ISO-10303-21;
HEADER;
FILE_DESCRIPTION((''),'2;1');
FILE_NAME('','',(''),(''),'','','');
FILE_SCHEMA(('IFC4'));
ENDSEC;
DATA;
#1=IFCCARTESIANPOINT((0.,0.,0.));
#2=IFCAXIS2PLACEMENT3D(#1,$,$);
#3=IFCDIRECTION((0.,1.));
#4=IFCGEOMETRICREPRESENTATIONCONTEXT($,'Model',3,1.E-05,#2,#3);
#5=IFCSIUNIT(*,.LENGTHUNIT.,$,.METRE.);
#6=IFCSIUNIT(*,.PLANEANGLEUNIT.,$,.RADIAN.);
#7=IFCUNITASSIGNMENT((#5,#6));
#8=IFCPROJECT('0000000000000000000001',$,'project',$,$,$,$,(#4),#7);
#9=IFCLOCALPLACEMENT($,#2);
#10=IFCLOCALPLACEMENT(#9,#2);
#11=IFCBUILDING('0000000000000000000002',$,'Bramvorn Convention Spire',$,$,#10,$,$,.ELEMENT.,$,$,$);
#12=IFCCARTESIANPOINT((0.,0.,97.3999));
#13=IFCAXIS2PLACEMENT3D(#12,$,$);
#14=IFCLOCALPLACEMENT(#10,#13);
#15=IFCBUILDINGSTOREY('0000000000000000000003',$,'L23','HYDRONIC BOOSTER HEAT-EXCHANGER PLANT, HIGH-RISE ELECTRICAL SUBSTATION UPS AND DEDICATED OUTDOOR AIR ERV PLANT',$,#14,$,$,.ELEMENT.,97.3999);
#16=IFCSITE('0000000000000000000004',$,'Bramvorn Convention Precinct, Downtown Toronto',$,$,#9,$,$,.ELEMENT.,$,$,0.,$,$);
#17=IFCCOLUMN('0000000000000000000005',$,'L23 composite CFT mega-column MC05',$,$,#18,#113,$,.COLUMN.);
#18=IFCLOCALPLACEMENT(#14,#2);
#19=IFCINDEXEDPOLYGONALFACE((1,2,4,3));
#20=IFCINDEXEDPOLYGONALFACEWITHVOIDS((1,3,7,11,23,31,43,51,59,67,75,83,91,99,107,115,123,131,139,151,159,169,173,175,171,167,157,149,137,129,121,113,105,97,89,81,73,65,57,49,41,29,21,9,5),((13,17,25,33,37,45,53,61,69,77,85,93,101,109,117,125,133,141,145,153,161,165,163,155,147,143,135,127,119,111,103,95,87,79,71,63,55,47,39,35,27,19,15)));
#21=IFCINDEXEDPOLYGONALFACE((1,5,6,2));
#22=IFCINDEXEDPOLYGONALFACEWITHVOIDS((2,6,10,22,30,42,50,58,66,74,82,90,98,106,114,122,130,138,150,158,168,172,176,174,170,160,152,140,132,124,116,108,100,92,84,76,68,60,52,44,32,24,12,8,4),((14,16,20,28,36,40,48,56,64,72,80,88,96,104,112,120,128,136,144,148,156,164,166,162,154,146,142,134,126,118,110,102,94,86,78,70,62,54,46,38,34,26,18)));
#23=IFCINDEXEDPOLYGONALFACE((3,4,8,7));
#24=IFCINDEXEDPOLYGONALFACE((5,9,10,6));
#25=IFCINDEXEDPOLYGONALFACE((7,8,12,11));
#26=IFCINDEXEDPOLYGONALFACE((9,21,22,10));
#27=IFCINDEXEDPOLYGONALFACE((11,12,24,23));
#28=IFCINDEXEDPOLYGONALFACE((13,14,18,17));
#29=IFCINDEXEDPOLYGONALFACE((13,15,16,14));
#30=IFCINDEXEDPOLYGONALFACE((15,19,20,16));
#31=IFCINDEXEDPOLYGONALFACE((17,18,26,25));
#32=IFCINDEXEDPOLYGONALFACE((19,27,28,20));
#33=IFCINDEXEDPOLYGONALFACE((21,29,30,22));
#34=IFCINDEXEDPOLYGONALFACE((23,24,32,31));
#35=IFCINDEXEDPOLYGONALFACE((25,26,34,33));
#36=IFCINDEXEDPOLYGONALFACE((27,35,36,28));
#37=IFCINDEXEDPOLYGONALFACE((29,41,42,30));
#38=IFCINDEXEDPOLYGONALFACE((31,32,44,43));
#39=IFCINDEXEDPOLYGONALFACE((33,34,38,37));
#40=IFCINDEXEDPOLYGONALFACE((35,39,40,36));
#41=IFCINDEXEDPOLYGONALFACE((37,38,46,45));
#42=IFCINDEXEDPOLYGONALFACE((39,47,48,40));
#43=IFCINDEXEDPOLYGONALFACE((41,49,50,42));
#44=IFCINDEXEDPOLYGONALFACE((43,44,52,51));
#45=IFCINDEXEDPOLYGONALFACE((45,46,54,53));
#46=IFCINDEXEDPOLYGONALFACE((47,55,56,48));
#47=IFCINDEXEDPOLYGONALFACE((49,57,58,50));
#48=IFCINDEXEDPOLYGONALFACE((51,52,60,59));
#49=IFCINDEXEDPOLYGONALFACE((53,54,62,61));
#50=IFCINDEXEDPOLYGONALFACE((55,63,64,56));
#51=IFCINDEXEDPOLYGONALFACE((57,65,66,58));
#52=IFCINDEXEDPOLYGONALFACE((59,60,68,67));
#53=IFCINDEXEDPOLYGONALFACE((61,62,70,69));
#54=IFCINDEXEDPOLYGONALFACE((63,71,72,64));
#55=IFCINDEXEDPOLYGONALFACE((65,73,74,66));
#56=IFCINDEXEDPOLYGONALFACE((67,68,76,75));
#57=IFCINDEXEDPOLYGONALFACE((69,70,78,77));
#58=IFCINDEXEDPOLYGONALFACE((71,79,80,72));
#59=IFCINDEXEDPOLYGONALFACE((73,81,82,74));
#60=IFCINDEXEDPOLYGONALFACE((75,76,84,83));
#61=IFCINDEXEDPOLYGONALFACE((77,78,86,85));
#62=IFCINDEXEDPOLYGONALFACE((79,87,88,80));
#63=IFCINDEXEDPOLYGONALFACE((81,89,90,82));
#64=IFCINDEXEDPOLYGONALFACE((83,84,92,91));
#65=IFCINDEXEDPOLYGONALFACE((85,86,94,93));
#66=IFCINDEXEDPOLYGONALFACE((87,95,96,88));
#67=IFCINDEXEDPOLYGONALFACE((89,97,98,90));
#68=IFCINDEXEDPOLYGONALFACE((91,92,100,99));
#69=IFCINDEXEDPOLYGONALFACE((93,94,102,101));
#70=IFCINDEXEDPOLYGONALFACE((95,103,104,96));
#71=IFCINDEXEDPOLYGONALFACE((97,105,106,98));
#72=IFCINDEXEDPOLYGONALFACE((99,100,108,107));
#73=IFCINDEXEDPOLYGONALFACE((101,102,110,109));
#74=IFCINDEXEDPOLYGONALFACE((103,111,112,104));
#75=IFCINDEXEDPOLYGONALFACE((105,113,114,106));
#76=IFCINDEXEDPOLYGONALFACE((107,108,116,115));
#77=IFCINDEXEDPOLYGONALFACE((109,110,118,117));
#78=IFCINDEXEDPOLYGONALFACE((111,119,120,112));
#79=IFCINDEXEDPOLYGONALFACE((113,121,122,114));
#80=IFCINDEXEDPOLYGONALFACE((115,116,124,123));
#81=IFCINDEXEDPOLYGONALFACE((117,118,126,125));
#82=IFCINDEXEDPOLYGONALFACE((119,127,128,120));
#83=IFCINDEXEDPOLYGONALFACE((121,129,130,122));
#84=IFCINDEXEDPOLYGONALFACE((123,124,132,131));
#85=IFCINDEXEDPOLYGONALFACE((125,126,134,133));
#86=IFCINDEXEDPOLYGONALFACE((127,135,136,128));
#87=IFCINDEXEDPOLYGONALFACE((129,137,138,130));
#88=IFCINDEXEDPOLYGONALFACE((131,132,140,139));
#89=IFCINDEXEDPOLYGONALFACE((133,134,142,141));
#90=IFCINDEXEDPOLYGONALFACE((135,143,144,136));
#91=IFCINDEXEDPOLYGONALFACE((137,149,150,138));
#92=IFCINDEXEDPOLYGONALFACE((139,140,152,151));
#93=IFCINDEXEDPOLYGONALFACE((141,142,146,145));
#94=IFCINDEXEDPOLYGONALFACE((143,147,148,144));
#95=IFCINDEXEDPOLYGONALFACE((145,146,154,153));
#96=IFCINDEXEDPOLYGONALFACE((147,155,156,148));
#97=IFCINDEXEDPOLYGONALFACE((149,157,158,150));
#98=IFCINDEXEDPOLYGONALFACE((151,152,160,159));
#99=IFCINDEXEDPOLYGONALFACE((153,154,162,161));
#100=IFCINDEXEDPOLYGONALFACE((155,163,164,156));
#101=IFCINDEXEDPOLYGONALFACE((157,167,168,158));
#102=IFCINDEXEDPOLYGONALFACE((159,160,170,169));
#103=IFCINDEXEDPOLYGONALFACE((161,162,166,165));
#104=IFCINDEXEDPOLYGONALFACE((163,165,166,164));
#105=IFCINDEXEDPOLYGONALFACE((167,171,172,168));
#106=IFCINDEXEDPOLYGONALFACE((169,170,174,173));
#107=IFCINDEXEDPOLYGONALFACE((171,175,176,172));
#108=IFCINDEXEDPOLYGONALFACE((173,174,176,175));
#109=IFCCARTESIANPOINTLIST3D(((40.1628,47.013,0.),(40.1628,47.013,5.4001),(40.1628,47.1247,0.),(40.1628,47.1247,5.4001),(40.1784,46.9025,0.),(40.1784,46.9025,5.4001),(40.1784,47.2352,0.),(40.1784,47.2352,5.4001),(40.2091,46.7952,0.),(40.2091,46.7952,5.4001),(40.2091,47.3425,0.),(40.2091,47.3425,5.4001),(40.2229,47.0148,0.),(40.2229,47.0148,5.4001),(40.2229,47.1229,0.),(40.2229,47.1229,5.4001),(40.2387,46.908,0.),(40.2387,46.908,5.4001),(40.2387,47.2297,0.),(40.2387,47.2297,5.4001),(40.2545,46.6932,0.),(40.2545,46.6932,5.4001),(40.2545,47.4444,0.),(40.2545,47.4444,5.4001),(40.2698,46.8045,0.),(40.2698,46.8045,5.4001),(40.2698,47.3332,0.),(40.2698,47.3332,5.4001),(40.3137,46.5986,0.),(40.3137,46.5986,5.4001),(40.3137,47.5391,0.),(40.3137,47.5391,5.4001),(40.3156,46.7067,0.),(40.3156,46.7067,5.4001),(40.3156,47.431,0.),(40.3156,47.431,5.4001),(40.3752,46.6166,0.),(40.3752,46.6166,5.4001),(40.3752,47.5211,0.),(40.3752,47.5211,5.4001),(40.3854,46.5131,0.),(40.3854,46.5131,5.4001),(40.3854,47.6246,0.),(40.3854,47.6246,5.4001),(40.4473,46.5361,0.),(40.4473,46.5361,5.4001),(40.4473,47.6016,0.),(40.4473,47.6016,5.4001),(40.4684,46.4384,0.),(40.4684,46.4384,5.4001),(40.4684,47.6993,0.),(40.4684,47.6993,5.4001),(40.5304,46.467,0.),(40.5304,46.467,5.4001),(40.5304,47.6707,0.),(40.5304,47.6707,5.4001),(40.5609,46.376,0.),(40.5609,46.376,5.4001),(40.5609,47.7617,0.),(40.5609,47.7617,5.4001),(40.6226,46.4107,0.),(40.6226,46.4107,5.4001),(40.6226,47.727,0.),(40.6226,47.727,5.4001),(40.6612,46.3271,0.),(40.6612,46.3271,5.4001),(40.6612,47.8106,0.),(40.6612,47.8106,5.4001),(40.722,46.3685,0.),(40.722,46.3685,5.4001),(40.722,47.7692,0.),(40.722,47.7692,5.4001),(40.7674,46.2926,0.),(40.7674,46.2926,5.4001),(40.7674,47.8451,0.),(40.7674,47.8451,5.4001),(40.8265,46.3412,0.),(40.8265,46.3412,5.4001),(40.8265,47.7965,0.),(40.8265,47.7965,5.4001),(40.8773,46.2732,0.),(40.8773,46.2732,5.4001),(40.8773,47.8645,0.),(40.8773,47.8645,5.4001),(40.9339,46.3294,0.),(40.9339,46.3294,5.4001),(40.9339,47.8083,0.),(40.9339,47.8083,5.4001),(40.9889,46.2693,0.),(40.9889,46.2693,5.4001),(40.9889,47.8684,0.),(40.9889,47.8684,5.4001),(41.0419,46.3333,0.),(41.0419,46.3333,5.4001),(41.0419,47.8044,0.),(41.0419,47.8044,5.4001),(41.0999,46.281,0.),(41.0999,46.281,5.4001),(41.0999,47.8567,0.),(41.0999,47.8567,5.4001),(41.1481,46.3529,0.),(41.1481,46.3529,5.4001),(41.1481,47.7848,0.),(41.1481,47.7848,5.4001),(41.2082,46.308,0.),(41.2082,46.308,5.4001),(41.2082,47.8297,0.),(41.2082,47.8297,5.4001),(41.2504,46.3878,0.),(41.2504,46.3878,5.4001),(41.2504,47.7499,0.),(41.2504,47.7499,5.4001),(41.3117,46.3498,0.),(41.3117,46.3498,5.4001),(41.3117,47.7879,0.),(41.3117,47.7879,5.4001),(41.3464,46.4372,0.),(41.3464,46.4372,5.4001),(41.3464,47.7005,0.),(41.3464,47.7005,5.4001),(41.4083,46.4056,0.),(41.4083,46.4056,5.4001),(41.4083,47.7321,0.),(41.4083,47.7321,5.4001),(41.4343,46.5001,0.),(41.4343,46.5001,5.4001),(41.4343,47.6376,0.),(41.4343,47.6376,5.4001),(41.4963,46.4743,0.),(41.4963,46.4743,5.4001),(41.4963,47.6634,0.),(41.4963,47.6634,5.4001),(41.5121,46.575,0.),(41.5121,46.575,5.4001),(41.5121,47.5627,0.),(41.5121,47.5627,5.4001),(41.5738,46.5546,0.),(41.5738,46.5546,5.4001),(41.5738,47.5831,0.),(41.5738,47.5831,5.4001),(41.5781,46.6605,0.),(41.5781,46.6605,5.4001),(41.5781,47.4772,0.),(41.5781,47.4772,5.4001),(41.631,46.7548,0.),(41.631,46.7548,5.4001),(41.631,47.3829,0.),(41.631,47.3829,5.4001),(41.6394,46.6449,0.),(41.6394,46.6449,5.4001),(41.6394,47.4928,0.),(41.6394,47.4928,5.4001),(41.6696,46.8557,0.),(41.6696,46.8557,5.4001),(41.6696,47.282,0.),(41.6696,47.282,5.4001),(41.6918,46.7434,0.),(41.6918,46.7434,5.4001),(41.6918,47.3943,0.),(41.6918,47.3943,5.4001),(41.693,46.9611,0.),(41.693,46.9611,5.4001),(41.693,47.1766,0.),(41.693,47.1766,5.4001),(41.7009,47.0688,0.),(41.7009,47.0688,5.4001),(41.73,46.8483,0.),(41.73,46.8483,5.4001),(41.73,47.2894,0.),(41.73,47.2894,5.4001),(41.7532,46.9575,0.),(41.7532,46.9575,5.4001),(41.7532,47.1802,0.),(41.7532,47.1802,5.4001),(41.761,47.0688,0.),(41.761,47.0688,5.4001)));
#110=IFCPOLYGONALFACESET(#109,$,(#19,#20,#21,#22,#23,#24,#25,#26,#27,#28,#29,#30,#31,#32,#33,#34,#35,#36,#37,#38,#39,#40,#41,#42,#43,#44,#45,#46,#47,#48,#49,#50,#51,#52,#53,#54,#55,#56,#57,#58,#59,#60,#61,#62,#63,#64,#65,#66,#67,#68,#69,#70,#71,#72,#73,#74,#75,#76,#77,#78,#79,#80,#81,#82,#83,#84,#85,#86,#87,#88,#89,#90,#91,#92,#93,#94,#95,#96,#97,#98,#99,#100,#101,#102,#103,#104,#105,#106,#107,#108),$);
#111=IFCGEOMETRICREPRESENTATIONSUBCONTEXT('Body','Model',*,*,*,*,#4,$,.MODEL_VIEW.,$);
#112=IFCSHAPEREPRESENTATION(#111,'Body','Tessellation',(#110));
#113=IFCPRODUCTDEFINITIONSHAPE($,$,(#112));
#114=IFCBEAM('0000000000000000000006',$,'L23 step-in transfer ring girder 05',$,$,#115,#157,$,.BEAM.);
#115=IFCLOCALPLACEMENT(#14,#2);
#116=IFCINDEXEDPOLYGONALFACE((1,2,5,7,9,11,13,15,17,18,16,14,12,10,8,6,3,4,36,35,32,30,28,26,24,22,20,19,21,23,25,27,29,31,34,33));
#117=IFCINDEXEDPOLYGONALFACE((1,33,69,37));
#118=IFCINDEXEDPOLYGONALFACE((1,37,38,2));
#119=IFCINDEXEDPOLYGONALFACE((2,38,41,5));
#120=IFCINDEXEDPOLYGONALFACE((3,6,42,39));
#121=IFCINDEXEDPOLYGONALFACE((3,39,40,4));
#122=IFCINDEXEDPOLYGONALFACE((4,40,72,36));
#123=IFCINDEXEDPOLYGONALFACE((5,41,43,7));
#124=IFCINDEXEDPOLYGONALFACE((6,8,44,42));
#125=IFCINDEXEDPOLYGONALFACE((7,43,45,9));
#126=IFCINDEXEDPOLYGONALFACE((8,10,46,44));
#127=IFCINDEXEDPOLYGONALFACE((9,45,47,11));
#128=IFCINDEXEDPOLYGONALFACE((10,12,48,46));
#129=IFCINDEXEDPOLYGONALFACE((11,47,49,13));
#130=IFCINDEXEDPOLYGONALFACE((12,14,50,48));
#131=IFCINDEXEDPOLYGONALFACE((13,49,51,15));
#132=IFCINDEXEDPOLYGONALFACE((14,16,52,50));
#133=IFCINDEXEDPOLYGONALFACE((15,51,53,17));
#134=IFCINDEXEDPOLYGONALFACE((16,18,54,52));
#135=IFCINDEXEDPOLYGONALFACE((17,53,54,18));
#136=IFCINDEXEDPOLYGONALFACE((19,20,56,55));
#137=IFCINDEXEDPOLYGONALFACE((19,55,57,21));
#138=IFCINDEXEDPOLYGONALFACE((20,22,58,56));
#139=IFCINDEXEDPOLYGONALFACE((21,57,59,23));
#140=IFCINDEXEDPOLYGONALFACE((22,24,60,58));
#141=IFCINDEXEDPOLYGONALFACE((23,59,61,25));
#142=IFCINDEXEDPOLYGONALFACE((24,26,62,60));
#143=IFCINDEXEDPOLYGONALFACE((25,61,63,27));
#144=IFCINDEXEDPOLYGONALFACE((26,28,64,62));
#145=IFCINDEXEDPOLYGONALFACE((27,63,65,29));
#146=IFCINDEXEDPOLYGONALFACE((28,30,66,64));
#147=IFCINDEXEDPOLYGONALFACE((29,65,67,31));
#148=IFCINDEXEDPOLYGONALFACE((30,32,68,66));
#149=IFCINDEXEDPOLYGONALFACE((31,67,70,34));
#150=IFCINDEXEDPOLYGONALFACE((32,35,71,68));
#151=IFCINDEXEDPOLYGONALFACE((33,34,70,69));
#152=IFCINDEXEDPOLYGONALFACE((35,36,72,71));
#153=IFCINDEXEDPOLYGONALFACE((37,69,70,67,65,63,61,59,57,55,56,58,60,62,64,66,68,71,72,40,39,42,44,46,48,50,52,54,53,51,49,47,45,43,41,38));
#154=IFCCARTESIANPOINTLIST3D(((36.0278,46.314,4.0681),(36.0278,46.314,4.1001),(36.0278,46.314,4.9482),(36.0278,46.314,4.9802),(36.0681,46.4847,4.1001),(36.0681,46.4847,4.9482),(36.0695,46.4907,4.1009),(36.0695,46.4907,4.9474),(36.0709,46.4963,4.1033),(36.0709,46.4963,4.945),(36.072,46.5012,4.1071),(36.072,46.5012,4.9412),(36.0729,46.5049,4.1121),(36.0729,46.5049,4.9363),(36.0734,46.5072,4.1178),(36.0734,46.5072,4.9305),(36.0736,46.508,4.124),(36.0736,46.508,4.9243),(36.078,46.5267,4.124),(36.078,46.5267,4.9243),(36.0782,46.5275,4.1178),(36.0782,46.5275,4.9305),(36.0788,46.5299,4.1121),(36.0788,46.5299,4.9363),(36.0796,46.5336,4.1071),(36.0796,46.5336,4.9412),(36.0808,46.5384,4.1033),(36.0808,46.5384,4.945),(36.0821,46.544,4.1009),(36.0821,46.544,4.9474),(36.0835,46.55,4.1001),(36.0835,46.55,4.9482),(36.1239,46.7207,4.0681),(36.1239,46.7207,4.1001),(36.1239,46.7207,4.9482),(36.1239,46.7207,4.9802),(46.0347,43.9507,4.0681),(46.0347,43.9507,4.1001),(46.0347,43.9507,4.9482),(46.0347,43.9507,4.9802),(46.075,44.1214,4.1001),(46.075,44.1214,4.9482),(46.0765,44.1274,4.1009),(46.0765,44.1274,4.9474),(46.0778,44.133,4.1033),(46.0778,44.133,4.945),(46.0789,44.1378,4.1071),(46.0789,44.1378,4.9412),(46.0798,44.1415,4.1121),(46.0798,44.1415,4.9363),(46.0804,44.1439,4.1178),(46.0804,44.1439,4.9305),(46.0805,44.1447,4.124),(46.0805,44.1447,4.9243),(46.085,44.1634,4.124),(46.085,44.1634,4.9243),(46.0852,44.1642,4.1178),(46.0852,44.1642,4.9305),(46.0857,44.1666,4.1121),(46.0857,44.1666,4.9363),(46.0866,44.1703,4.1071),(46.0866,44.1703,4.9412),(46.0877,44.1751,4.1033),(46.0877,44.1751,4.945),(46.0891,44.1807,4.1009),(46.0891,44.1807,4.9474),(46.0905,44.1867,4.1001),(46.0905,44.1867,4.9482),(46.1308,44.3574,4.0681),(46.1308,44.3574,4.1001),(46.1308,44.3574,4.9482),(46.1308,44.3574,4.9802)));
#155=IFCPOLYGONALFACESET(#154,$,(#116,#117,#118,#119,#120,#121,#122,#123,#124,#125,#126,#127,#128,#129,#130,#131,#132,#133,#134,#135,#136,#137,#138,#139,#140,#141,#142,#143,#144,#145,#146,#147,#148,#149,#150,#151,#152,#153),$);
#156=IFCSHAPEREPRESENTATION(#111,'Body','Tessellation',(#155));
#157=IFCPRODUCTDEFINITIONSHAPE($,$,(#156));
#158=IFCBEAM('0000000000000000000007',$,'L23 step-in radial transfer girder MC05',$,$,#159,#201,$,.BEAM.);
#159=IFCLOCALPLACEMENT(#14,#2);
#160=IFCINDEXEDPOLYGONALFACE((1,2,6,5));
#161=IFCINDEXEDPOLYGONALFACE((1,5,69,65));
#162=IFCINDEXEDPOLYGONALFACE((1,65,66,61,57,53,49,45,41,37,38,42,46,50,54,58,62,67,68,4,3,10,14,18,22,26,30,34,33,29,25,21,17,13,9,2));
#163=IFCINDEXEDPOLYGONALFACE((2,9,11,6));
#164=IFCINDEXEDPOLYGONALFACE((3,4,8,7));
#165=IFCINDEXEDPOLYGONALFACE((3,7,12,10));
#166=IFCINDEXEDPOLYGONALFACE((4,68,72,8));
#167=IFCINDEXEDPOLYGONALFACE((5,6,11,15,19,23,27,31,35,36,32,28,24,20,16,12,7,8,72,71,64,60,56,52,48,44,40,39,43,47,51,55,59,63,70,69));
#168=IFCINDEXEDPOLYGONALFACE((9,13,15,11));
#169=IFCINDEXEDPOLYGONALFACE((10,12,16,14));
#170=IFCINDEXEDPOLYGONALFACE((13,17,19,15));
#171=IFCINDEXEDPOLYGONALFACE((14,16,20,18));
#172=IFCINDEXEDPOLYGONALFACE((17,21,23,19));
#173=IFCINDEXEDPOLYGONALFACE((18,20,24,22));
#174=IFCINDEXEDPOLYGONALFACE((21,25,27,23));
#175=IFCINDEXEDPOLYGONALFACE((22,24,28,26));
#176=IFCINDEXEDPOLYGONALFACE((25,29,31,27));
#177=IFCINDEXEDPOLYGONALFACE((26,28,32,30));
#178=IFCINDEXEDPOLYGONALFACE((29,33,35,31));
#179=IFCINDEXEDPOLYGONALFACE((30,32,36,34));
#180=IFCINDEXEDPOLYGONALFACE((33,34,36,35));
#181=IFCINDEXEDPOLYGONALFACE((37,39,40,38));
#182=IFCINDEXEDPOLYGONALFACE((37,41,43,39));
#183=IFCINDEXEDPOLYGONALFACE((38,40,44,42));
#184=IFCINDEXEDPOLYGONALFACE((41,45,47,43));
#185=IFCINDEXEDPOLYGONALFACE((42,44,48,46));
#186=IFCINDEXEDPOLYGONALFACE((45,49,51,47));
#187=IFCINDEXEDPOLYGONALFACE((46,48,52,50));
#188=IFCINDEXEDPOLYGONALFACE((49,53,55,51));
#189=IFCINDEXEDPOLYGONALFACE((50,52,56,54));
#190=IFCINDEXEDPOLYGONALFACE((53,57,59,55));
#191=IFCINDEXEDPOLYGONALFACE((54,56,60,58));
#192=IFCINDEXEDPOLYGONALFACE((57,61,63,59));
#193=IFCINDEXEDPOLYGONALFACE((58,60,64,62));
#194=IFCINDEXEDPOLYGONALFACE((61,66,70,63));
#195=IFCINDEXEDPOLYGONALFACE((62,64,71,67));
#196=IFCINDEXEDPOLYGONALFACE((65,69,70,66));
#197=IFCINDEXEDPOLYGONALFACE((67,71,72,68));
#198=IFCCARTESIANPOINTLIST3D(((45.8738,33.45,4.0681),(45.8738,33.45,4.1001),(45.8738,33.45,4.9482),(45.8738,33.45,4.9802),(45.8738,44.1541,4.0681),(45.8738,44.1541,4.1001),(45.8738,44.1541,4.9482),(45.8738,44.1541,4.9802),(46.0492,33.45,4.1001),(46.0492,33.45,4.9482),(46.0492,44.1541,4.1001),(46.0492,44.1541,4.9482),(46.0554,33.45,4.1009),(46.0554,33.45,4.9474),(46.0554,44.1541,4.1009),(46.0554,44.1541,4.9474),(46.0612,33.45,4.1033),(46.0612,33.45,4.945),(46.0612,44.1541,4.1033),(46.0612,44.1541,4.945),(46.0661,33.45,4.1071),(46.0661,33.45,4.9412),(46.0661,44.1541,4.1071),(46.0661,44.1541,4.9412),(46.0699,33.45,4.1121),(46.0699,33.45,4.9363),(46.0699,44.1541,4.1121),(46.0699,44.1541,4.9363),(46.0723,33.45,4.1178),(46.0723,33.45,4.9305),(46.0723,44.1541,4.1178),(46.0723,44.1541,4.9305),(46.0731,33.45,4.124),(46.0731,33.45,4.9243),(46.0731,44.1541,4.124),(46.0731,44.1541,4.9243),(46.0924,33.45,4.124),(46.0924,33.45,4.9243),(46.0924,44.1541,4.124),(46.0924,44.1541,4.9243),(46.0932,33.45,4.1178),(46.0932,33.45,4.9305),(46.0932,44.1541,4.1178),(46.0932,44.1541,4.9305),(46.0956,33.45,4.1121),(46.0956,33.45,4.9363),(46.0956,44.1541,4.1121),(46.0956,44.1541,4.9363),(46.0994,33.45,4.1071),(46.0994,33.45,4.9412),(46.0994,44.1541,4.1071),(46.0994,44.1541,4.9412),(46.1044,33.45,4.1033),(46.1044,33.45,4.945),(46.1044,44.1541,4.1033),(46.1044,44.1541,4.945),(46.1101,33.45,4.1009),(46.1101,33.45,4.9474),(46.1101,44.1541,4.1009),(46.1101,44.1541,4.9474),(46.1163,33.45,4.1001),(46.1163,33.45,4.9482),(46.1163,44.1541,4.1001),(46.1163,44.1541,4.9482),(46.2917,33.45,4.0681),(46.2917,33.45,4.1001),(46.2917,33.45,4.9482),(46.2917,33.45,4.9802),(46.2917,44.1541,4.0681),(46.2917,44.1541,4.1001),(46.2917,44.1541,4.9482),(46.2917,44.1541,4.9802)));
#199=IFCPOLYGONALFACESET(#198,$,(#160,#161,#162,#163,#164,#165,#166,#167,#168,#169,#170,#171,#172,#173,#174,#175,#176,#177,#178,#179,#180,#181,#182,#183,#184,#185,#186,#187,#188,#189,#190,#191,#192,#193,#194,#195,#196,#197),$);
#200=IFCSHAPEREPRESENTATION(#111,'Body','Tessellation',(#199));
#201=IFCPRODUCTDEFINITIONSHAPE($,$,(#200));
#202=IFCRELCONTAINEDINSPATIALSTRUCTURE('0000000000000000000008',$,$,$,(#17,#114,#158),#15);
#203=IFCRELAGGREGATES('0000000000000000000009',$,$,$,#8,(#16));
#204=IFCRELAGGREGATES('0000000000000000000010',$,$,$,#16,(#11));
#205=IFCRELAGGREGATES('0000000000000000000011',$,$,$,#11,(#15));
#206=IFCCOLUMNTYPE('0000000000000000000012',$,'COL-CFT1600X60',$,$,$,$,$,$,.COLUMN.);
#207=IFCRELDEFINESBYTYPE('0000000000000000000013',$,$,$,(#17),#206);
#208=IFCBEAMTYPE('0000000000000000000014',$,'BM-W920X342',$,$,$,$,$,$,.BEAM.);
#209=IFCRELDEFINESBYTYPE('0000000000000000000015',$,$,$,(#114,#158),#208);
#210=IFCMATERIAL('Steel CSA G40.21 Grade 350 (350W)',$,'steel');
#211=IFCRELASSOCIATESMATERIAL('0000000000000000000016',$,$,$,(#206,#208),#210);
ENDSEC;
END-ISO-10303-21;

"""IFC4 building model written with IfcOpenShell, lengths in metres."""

from ifc_helpers import new_model, si_unit, direction, frame, origin, origin_2d, place, context, subcontext, project, spatial, hollow_circle, i_section, extrude, material, material_profile, profile_set, type_object, element, save


model = new_model("IFC4")

# Units and contexts
model_context = context("Model", 3, precision=1e-05, world=origin(), true_north=direction((0.0, 1.0)))
body_context = subcontext(model_context, "Body", "Model", "MODEL_VIEW")
ifc_project = project(units=[si_unit("LENGTHUNIT", "METRE"), si_unit("PLANEANGLEUNIT", "RADIAN")], contexts=[model_context])

# Site, building, storey
site_placement = place(None, origin())
site = spatial("IfcSite", under=ifc_project, at=site_placement, Name="Bramvorn Convention Precinct, Downtown Toronto", CompositionType="ELEMENT", RefElevation=0.0)
building_placement = place(site_placement, origin())
building = spatial("IfcBuilding", under=site, at=building_placement, Name="Bramvorn Convention Spire", CompositionType="ELEMENT")
storey_placement = place(building_placement, frame((0.0, 0.0, 97.3999)))
storey = spatial("IfcBuildingStorey", under=building, at=storey_placement, Name="L23", Description="HYDRONIC BOOSTER HEAT-EXCHANGER PLANT, HIGH-RISE ELECTRICAL SUBSTATION UPS AND DEDICATED OUTDOOR AIR ERV PLANT", CompositionType="ELEMENT", Elevation=97.3999)

# Column
ifc_material_1 = material(Name="Steel CSA G40.21 Grade 350 (350W)", Category="steel")
ifc_material_profile_1 = material_profile(ifc_material_1, hollow_circle(Radius=0.8, WallThickness=0.0601, at=origin_2d()))
ifc_profile_set_1 = profile_set([ifc_material_profile_1], Name="Steel CSA G40.21 Grade 350 (350W) - CFT1600X60")
column_type = type_object("IfcColumnType", Name="COL-CFT1600X60", PredefinedType="COLUMN", material=ifc_profile_set_1)
column_placement = place(storey_placement, frame((40.9609, 47.0688, 0.0), z_axis=(0.0, 0.0, 1.0), x_axis=(1.0, 0.0, 0.0)))
element("IfcColumn", 1, at=column_placement, inside=storey, type_object=column_type, Name="L23 composite CFT mega-column MC05", PredefinedType="COLUMN", context=body_context, shape_type="SweptSolid", body=[
    extrude(hollow_circle(Radius=0.8, WallThickness=0.0601, at=origin_2d()), origin(), (0.0, 0.0, 1.0), 5.4001),
])

# Beams
ifc_material_profile_2 = material_profile(ifc_material_1, i_section(OverallWidth=0.418, OverallDepth=0.9121, WebThickness=0.0193, FlangeThickness=0.032, FilletRadius=0.0239, at=origin_2d()))
ifc_profile_set_2 = profile_set([ifc_material_profile_2], Name="Steel CSA G40.21 Grade 350 (350W) - W920X342")
beam_type = type_object("IfcBeamType", Name="BM-W920X342", PredefinedType="BEAM", material=ifc_profile_set_2)
beam_1_placement = place(storey_placement, frame((46.0828, 44.1541, 4.5242), z_axis=(-0.973228, 0.229844, 0.0), x_axis=(-0.229844, -0.973228, 0.0)))
element("IfcBeam", 2, at=beam_1_placement, inside=storey, type_object=beam_type, Name="L23 step-in transfer ring girder 05", PredefinedType="BEAM", context=body_context, shape_type="SweptSolid", body=[
    extrude(i_section(OverallWidth=0.418, OverallDepth=0.9121, WebThickness=0.0193, FlangeThickness=0.032, FilletRadius=0.0239, at=origin_2d()), origin(), (0.0, 0.0, 1.0), 10.2822),
])
beam_2_placement = place(storey_placement, frame((46.0828, 33.45, 4.5242), z_axis=(0.0, 1.0, 0.0), x_axis=(-1.0, 0.0, 0.0)))
element("IfcBeam", 3, at=beam_2_placement, inside=storey, type_object=beam_type, Name="L23 step-in radial transfer girder MC05", PredefinedType="BEAM", context=body_context, shape_type="SweptSolid", body=[
    extrude(i_section(OverallWidth=0.418, OverallDepth=0.9121, WebThickness=0.0193, FlangeThickness=0.032, FilletRadius=0.0239, at=origin_2d()), origin(), (0.0, 0.0, 1.0), 10.7041),
])

save(model, "model.ifc")
